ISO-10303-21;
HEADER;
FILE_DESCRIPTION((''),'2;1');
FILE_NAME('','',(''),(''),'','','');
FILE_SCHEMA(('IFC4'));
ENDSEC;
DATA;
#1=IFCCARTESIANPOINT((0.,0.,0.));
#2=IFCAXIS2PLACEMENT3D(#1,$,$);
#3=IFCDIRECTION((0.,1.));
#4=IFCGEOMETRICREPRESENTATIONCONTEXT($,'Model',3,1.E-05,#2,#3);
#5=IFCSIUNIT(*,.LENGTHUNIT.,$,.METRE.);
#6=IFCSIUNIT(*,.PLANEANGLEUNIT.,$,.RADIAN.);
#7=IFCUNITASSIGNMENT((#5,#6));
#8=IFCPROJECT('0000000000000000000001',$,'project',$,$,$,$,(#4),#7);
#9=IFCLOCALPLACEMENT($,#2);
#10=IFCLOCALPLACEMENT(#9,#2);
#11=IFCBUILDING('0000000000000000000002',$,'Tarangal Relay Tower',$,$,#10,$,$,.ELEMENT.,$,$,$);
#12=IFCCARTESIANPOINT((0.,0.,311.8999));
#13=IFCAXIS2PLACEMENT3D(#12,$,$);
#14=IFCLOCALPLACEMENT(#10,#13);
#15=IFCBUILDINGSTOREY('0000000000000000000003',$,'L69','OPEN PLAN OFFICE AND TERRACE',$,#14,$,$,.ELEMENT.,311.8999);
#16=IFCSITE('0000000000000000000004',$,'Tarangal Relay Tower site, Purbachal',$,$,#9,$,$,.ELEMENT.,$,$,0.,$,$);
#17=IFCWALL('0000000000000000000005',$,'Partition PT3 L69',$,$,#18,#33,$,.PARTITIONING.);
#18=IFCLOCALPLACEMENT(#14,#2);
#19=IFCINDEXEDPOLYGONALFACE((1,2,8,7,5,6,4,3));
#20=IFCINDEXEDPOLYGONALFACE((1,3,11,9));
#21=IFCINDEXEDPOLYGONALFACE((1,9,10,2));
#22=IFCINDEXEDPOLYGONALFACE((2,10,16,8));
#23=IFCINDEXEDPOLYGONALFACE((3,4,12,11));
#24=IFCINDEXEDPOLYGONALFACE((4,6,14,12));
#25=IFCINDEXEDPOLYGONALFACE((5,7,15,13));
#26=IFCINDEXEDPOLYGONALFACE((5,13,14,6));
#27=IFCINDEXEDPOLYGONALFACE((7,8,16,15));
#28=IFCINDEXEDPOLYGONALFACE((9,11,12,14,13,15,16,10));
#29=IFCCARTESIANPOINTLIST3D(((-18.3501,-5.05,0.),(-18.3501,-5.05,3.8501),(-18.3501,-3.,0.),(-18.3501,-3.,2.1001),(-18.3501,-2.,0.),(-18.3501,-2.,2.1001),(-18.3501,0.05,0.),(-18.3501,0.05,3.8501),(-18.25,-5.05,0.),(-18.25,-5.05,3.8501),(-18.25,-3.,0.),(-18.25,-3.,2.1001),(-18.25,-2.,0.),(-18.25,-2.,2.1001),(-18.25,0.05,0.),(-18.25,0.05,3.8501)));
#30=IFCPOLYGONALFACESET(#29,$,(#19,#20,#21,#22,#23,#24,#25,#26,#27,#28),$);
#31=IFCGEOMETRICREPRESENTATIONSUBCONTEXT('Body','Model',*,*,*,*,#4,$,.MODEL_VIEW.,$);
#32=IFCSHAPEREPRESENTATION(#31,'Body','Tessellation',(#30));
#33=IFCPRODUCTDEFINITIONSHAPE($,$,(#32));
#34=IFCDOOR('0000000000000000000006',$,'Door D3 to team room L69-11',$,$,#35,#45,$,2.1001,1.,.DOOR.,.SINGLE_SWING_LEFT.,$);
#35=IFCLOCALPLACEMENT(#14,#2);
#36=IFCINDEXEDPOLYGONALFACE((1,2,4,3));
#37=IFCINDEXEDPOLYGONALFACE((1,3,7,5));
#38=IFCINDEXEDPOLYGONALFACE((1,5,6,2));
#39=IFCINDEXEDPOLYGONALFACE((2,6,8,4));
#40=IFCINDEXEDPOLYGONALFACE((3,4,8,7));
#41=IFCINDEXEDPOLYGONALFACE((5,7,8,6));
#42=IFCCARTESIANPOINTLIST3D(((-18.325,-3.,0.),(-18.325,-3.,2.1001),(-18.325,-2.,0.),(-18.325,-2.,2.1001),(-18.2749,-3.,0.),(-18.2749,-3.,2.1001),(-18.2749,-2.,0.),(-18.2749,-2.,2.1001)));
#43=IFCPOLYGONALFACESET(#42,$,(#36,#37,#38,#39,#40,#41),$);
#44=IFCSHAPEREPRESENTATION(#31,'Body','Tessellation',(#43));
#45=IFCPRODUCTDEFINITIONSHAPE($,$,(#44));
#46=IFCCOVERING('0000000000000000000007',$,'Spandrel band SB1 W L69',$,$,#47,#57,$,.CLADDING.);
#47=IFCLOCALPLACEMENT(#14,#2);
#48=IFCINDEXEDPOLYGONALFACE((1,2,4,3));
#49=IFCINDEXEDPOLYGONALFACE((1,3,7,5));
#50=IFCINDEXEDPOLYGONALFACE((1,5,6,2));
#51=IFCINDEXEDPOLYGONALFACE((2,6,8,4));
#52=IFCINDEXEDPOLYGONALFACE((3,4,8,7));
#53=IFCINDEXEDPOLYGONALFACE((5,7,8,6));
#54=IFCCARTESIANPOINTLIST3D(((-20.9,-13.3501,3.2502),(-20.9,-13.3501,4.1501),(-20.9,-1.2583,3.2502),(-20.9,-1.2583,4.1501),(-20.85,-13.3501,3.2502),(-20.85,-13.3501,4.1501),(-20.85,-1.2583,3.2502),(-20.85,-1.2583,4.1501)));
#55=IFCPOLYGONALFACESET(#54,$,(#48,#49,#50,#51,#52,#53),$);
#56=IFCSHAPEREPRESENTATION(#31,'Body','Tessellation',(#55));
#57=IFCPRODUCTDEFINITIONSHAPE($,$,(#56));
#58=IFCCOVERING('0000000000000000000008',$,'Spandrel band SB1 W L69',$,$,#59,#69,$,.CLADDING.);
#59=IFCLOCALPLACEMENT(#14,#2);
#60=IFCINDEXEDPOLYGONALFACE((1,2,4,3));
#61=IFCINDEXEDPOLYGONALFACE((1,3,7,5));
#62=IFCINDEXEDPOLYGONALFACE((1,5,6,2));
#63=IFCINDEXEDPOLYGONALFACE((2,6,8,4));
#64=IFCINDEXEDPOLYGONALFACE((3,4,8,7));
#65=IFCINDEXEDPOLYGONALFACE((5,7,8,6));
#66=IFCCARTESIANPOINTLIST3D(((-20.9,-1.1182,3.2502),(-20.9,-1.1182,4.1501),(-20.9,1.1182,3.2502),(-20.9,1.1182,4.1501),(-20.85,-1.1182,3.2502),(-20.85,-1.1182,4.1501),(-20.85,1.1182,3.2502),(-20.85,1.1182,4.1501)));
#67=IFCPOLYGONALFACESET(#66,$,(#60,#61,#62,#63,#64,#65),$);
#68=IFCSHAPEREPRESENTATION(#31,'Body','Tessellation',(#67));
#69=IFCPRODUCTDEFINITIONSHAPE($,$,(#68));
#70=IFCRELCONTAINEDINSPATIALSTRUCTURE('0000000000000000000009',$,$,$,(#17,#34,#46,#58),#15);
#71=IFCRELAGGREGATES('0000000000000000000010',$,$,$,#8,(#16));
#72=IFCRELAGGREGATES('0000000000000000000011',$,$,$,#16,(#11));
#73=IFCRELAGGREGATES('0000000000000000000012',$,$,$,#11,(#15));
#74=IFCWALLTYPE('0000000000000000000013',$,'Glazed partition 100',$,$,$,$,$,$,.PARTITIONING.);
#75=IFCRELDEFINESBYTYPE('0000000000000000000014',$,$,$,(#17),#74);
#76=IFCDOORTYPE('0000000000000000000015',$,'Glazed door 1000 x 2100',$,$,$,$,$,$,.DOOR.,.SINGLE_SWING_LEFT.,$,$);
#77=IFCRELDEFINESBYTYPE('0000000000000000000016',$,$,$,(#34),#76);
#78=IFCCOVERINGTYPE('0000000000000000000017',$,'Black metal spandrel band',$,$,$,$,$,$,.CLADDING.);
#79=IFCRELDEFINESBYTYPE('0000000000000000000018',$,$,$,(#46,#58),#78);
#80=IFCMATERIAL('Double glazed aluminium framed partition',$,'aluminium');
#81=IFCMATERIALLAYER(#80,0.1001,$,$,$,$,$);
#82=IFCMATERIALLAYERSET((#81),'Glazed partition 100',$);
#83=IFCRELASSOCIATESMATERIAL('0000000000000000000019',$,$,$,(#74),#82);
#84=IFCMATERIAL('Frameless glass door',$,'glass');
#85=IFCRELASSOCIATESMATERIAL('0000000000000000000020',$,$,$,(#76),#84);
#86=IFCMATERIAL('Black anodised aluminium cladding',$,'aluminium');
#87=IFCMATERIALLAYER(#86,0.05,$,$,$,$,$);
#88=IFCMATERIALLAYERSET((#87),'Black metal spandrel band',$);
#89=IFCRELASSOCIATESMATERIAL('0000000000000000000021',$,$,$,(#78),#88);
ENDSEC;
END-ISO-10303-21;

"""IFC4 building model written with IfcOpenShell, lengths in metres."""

from ifc_helpers import new_model, si_unit, direction, frame, frame_2d, origin, origin_2d, place, context, subcontext, project, spatial, rectangle, extrude, material, layer, layer_set, type_object, element, fill, save


model = new_model("IFC4")

# Units and contexts
model_context = context("Model", 3, precision=1e-05, world=origin(), true_north=direction((0.0, 1.0)))
body_context = subcontext(model_context, "Body", "Model", "MODEL_VIEW")
ifc_project = project(units=[si_unit("LENGTHUNIT", "METRE"), si_unit("PLANEANGLEUNIT", "RADIAN")], contexts=[model_context])

# Site, building, storey
site_placement = place(None, origin())
site = spatial("IfcSite", under=ifc_project, at=site_placement, Name="Tarangal Relay Tower site, Purbachal", CompositionType="ELEMENT", RefElevation=0.0)
building_placement = place(site_placement, origin())
building = spatial("IfcBuilding", under=site, at=building_placement, Name="Tarangal Relay Tower", CompositionType="ELEMENT")
storey_placement = place(building_placement, frame((0.0, 0.0, 311.8999)))
storey = spatial("IfcBuildingStorey", under=building, at=storey_placement, Name="L69", Description="OPEN PLAN OFFICE AND TERRACE", CompositionType="ELEMENT", Elevation=311.8999)

# Shared definitions
ifc_material_1 = material(Name="Double glazed aluminium framed partition", Category="aluminium")
ifc_layer_1 = layer(ifc_material_1, 0.1001)
ifc_layer_set_1 = layer_set([ifc_layer_1], Name="Glazed partition 100")
wall_type_1 = type_object("IfcWallType", Name="Glazed partition 100", PredefinedType="PARTITIONING", material=ifc_layer_set_1)

# Wall, opening, door
wall_1_placement = place(storey_placement, frame((-18.3, -5.05, 0.0), z_axis=(0.0, 0.0, 1.0), x_axis=(0.0, 1.0, 0.0)))
wall_1 = element("IfcWall", 1, at=wall_1_placement, inside=storey, type_object=wall_type_1, Name="Partition PT3 L69", PredefinedType="PARTITIONING", context=body_context, shape_type="SweptSolid", body=[
    extrude(rectangle(XDim=5.1001, YDim=0.1001, at=frame_2d((2.55, 0.0))), origin(), (0.0, 0.0, 1.0), 3.8501),
])
opening_1_placement = place(wall_1_placement, frame((2.05, 0.0, 0.0)))
opening_1 = element("IfcOpeningElement", 2, at=opening_1_placement, cuts=wall_1, PredefinedType="OPENING", context=body_context, shape_type="SweptSolid", body=[
    extrude(rectangle(XDim=1.0, YDim=2.1001, at=frame_2d((0.5, 1.05))), frame((0.0, 0.0601, 0.0), z_axis=(0.0, -1.0, 0.0), x_axis=(1.0, 0.0, 0.0)), (0.0, 0.0, 1.0), 0.1201),
])
ifc_material_2 = material(Name="Frameless glass door", Category="glass")
door_type_1 = type_object("IfcDoorType", Name="Glazed door 1000 x 2100", OperationType="SINGLE_SWING_LEFT", PredefinedType="DOOR", material=ifc_material_2)
door_1_placement = place(opening_1_placement, origin())
door_1 = element("IfcDoor", 3, at=door_1_placement, inside=storey, type_object=door_type_1, Name="Door D3 to team room L69-11", OperationType="SINGLE_SWING_LEFT", OverallHeight=2.1001, OverallWidth=1.0, PredefinedType="DOOR", context=body_context, shape_type="SweptSolid", body=[
    extrude(rectangle(XDim=1.0, YDim=2.1001, at=frame_2d((0.5, 1.05))), frame((0.0, 0.0249, 0.0), z_axis=(0.0, -1.0, 0.0), x_axis=(1.0, 0.0, 0.0)), (0.0, 0.0, 1.0), 0.05),
])
fill(opening_1, door_1)

# Coverings
ifc_material_3 = material(Name="Black anodised aluminium cladding", Category="aluminium")
ifc_layer_2 = layer(ifc_material_3, 0.05)
ifc_layer_set_2 = layer_set([ifc_layer_2], Name="Black metal spandrel band")
covering_type = type_object("IfcCoveringType", Name="Black metal spandrel band", PredefinedType="CLADDING", material=ifc_layer_set_2)
covering_1_placement = place(storey_placement, frame((-20.875, -7.3042, 3.2502), z_axis=(0.0, 0.0, 1.0), x_axis=(0.0, 1.0, 0.0)))
element("IfcCovering", 4, at=covering_1_placement, inside=storey, type_object=covering_type, Name="Spandrel band SB1 W L69", PredefinedType="CLADDING", context=body_context, shape_type="SweptSolid", body=[
    extrude(rectangle(XDim=12.0918, YDim=0.05, at=origin_2d()), origin(), (0.0, 0.0, 1.0), 0.8999),
])
covering_2_placement = place(storey_placement, frame((-20.875, 0.0, 3.2502), z_axis=(0.0, 0.0, 1.0), x_axis=(0.0, 1.0, 0.0)))
element("IfcCovering", 5, at=covering_2_placement, inside=storey, type_object=covering_type, Name="Spandrel band SB1 W L69", PredefinedType="CLADDING", context=body_context, shape_type="SweptSolid", body=[
    extrude(rectangle(XDim=2.2363, YDim=0.05, at=origin_2d()), origin(), (0.0, 0.0, 1.0), 0.8999),
])

save(model, "model.ifc")
